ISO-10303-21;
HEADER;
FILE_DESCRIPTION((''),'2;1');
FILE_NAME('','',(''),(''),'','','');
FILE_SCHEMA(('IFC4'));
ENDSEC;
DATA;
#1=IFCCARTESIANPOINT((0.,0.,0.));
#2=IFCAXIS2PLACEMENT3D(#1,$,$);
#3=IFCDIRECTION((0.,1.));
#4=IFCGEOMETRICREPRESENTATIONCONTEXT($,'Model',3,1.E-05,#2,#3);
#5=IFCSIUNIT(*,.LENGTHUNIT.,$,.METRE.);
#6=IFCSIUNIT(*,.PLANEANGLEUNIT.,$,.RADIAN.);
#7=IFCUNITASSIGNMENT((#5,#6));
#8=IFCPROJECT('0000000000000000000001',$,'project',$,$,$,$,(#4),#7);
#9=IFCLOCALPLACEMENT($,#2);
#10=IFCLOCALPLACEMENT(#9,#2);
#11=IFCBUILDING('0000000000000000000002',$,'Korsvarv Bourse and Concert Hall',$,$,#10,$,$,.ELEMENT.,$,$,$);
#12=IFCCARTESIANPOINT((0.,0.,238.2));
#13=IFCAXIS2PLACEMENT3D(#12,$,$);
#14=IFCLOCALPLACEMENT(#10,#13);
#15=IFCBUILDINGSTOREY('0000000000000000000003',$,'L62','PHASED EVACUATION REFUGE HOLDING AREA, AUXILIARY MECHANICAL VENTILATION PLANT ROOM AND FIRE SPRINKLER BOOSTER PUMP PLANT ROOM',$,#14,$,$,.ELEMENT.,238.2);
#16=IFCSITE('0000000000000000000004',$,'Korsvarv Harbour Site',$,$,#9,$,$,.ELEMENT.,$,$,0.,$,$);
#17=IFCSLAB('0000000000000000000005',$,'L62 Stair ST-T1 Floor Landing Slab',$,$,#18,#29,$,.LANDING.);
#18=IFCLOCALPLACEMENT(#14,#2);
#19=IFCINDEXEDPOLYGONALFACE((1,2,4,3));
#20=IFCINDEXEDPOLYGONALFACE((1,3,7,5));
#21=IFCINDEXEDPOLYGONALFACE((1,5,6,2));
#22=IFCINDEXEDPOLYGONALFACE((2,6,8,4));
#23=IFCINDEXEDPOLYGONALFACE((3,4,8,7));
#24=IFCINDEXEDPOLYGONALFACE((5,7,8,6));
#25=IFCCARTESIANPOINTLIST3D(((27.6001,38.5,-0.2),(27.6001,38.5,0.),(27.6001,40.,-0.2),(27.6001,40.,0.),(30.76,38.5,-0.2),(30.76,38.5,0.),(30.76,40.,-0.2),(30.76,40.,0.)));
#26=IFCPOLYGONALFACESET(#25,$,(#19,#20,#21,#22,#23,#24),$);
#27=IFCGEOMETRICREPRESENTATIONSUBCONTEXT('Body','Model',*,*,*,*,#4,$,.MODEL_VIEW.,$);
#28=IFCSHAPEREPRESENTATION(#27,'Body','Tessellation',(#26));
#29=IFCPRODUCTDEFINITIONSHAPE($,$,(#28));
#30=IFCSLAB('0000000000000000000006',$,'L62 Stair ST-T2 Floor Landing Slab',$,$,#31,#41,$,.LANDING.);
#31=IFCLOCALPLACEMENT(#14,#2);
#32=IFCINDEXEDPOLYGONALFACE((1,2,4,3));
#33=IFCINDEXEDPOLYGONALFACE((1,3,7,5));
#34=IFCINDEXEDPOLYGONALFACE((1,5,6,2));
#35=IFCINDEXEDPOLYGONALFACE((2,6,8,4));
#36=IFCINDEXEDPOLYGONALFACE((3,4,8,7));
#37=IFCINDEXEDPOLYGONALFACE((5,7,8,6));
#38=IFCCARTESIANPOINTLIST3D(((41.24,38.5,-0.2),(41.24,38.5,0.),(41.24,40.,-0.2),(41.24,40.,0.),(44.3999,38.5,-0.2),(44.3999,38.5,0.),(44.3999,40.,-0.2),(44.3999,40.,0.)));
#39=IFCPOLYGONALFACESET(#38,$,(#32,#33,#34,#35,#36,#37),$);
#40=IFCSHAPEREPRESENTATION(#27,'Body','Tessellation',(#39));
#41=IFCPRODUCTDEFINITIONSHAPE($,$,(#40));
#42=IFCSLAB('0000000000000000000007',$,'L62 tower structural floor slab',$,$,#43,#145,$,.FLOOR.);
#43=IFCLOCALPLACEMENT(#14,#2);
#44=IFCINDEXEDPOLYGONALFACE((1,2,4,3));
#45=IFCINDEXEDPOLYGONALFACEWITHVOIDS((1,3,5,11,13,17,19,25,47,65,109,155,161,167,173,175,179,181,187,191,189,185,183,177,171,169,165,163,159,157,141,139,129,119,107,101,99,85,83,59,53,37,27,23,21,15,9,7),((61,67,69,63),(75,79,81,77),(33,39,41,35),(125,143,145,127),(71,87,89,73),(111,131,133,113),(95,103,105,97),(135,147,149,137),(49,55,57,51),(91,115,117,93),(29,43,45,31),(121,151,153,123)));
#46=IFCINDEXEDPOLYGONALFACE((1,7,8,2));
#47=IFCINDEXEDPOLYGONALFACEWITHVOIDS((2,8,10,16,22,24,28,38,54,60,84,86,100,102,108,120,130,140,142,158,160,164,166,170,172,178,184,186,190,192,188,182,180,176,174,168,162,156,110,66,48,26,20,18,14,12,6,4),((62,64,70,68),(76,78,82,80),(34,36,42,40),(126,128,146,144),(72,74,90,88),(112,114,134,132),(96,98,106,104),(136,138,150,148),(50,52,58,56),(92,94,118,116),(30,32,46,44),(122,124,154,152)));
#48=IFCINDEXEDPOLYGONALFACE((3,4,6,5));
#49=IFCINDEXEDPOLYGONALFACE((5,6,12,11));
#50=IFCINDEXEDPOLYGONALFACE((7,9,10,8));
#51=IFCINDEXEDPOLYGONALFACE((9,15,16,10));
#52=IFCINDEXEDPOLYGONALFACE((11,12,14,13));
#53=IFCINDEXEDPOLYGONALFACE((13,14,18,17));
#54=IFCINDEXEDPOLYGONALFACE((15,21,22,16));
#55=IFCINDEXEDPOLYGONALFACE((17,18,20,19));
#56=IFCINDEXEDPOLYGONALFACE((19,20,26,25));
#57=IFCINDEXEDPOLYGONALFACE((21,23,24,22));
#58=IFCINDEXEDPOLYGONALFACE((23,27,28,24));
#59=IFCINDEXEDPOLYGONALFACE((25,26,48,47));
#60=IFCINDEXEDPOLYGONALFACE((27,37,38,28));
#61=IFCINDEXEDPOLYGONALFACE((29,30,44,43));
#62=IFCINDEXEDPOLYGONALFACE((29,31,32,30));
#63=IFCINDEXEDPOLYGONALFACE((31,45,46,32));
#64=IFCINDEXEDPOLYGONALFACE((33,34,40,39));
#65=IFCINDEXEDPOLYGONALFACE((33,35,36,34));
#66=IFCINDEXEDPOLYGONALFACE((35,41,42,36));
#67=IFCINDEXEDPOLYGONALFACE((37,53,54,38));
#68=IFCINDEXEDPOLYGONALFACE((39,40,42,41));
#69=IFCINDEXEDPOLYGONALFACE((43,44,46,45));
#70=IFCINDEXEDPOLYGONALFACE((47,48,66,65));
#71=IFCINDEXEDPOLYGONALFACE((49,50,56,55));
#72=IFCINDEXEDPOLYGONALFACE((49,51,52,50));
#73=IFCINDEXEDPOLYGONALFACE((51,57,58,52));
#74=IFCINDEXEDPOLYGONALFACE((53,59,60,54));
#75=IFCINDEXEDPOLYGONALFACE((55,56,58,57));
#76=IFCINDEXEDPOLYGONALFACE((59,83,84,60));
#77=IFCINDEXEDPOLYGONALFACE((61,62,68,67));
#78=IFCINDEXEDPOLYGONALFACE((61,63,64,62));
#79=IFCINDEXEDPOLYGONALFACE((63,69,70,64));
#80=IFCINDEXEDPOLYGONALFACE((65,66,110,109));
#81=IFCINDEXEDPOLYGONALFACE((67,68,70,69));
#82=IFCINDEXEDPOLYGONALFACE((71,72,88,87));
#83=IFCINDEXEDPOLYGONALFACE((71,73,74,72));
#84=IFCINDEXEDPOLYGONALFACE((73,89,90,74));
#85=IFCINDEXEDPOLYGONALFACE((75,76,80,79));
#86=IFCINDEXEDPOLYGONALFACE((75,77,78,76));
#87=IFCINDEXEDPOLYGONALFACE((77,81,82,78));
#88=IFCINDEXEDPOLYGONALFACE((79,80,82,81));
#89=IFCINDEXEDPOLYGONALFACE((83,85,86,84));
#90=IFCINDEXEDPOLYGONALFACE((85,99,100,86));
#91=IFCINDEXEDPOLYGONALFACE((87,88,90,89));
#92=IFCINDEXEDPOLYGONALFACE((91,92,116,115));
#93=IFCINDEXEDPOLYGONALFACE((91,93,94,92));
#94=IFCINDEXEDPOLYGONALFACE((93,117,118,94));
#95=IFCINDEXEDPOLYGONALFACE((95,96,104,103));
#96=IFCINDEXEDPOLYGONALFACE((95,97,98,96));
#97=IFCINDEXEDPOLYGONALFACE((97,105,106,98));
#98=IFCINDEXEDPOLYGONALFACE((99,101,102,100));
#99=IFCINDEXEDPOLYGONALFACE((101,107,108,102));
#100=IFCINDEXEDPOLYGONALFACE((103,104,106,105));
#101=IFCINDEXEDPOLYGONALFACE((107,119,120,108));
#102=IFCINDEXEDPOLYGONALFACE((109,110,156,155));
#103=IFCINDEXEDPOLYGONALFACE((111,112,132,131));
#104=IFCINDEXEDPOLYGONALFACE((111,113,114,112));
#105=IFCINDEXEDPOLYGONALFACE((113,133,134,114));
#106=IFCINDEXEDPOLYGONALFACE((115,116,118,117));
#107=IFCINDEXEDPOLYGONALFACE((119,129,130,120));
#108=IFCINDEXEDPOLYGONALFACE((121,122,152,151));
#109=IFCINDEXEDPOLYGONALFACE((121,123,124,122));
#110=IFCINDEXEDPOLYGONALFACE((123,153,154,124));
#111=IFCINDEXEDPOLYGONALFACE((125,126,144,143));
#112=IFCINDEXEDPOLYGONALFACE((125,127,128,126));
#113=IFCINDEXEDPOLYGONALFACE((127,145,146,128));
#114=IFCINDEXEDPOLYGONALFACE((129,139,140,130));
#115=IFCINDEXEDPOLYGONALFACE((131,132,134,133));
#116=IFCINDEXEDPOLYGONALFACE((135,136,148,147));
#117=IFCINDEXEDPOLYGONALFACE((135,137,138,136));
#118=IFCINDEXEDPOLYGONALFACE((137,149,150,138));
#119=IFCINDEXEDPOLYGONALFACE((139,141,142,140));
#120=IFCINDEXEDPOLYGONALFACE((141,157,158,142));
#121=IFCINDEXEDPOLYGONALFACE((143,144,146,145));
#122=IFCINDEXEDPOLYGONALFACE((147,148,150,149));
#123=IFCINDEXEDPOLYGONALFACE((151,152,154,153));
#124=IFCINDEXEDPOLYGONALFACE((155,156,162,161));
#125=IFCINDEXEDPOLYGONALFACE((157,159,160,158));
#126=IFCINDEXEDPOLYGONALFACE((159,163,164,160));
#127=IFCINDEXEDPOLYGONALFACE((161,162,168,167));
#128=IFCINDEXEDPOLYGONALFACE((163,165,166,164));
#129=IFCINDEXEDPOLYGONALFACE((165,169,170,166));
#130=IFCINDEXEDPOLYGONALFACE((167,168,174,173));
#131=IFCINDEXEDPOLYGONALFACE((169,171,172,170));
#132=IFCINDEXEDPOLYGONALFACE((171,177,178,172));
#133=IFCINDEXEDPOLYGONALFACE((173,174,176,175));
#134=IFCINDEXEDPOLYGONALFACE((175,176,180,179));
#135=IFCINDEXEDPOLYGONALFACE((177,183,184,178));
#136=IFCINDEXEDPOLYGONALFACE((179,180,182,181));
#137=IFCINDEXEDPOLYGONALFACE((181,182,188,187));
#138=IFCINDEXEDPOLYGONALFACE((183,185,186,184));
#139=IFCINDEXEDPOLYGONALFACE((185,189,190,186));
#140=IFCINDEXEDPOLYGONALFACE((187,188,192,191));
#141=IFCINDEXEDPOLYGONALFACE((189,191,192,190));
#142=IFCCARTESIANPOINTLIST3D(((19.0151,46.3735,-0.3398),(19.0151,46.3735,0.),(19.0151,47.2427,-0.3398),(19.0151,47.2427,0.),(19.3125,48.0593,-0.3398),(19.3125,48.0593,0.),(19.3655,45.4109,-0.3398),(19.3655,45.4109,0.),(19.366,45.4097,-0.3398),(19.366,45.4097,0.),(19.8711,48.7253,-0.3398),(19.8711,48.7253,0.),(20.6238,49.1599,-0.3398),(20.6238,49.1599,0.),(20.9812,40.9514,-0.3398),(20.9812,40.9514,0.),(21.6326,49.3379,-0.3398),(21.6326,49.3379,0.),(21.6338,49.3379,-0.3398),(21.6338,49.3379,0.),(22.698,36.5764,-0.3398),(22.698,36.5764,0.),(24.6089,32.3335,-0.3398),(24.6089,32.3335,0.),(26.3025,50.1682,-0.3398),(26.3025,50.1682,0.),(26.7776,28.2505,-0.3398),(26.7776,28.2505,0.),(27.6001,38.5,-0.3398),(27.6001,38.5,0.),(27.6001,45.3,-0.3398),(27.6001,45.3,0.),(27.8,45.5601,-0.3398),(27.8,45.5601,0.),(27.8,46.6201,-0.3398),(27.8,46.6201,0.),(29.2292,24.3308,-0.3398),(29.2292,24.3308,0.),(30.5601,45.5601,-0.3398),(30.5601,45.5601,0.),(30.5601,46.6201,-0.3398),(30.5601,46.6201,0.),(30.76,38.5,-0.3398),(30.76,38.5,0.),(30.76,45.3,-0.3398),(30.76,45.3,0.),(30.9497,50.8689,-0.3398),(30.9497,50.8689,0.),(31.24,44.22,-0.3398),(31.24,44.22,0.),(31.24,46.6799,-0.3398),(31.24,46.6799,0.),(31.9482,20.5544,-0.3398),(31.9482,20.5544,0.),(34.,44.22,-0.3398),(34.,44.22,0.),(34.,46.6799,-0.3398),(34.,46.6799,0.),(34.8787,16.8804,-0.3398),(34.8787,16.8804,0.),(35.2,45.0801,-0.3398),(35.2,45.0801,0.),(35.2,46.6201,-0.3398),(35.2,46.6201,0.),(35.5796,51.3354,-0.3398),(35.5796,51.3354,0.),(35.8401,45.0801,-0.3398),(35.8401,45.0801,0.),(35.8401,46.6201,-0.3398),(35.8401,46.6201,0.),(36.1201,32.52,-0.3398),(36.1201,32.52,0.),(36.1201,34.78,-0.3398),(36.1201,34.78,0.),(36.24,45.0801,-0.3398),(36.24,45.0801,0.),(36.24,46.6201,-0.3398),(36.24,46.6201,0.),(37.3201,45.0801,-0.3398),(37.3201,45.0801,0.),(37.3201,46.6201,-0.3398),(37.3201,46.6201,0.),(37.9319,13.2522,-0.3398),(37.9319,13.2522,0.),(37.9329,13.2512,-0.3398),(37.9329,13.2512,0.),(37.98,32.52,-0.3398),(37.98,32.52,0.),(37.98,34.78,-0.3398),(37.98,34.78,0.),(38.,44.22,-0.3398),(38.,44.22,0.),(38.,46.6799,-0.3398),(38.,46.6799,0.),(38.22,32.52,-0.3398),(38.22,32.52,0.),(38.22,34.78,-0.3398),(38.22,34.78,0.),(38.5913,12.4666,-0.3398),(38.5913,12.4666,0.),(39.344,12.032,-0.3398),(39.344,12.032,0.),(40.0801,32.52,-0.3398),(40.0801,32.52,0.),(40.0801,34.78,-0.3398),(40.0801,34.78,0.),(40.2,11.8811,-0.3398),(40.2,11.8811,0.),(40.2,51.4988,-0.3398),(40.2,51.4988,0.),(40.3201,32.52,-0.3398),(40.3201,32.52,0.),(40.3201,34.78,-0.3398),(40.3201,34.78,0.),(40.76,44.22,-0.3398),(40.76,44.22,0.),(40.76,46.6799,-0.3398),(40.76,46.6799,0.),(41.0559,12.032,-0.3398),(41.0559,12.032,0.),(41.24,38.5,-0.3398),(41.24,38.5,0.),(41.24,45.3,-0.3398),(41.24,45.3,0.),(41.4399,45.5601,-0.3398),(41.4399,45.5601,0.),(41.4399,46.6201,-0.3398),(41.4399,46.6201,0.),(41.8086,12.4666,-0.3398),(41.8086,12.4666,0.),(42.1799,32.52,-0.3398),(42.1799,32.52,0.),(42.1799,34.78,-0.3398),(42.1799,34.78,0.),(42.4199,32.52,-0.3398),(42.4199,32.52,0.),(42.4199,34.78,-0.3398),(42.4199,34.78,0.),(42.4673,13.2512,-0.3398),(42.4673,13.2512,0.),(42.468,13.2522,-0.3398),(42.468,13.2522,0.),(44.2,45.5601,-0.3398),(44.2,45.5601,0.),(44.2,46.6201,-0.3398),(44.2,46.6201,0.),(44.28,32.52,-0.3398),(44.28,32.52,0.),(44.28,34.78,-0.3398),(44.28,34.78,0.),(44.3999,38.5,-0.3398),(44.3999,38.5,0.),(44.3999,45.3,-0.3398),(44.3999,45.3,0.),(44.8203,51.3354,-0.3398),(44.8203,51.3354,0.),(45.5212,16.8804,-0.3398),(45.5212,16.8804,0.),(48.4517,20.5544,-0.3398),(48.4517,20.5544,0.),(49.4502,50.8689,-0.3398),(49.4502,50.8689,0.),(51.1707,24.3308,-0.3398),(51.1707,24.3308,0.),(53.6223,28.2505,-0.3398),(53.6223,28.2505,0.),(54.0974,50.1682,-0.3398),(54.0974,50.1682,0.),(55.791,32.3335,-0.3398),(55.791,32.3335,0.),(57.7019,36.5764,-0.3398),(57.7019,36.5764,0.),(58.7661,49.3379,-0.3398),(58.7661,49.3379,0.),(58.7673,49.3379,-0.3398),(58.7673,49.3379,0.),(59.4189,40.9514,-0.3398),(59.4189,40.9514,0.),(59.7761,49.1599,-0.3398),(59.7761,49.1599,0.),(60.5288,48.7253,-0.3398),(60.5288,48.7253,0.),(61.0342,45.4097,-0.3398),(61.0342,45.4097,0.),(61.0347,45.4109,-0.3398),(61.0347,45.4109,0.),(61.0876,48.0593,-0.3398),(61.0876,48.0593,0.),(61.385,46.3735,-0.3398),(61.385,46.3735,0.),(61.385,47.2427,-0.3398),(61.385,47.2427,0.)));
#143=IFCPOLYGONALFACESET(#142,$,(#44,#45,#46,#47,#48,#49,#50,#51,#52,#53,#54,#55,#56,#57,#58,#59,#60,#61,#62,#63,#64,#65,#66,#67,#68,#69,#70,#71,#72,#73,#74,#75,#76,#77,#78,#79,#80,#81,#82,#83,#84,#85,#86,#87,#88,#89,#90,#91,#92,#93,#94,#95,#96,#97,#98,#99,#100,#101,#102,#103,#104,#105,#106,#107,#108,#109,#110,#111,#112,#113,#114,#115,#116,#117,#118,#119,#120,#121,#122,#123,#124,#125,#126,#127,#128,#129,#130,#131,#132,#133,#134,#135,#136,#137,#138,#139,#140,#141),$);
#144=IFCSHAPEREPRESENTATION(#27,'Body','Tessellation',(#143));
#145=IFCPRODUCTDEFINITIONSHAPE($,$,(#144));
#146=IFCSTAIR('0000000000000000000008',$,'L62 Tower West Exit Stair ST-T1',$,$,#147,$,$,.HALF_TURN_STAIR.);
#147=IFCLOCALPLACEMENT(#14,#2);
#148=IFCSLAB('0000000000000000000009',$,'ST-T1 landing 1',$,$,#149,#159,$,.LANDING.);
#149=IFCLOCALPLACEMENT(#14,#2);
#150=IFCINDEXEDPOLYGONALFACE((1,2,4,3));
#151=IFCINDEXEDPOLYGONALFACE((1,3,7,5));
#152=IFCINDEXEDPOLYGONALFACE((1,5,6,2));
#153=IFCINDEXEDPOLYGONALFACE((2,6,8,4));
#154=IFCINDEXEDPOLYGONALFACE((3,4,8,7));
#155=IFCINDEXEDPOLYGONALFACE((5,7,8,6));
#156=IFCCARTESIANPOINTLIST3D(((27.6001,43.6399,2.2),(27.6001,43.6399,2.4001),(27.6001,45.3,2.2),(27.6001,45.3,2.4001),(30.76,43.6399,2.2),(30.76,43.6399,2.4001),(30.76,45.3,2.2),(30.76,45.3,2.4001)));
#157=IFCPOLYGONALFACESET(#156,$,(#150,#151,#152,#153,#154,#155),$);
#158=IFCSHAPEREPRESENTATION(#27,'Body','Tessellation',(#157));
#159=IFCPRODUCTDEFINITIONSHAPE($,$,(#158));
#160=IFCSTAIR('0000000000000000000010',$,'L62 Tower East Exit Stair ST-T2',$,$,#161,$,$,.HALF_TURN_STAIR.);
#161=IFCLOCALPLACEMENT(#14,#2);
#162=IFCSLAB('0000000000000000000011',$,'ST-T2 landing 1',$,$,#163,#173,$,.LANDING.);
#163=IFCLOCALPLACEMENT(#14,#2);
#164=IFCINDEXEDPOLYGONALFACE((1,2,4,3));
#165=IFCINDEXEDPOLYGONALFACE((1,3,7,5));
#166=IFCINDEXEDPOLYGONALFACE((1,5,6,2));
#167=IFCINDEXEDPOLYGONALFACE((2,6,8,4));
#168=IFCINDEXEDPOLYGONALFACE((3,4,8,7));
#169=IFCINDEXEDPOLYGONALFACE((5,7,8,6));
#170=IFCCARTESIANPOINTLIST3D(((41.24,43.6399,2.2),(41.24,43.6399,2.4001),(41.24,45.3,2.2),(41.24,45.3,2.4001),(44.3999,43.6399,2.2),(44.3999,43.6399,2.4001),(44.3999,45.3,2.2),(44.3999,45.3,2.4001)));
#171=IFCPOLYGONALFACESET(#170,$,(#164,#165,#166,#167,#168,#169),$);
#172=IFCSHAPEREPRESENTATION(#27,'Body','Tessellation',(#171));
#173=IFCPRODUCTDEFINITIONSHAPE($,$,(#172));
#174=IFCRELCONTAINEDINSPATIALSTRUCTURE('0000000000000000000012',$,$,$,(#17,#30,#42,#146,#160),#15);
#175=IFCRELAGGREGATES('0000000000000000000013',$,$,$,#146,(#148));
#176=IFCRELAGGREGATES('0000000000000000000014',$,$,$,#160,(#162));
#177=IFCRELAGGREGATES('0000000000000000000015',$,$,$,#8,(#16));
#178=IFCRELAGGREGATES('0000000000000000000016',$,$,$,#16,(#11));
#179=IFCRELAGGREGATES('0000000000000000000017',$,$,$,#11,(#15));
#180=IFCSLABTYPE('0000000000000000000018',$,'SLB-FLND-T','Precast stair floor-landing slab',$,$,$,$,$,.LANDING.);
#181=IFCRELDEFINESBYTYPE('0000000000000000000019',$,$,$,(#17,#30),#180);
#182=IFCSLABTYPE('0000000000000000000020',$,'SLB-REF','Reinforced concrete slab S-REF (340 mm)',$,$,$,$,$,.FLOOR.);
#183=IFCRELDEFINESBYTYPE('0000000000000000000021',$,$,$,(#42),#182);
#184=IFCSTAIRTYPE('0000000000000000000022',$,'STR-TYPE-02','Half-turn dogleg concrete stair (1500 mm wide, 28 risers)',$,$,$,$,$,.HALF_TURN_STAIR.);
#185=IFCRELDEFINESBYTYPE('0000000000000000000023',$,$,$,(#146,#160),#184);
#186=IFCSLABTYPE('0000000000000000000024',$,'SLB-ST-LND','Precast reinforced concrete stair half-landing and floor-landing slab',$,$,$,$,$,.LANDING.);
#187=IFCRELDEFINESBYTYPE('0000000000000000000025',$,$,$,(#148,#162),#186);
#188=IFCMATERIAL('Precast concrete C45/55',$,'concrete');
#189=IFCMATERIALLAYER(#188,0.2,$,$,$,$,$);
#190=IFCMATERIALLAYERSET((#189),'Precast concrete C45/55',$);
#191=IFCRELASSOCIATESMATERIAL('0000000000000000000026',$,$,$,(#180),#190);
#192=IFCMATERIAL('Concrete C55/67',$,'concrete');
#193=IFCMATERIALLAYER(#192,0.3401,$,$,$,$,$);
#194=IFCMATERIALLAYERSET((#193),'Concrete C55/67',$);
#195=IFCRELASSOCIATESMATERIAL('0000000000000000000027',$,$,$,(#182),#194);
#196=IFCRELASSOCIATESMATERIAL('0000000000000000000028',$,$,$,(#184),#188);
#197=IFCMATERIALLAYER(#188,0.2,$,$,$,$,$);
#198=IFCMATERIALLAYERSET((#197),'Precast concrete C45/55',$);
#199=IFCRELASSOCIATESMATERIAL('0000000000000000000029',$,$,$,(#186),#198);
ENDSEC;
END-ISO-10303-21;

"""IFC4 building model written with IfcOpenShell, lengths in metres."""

from ifc_helpers import new_model, si_unit, direction, frame, origin, place, context, subcontext, project, spatial, polyline, outline, extrude, material, layer, layer_set, type_object, element, aggregate, save


model = new_model("IFC4")

# Units and contexts
model_context = context("Model", 3, precision=1e-05, world=origin(), true_north=direction((0.0, 1.0)))
body_context = subcontext(model_context, "Body", "Model", "MODEL_VIEW")
ifc_project = project(units=[si_unit("LENGTHUNIT", "METRE"), si_unit("PLANEANGLEUNIT", "RADIAN")], contexts=[model_context])

# Site, building, storey
site_placement = place(None, origin())
site = spatial("IfcSite", under=ifc_project, at=site_placement, Name="Korsvarv Harbour Site", CompositionType="ELEMENT", RefElevation=0.0)
building_placement = place(site_placement, origin())
building = spatial("IfcBuilding", under=site, at=building_placement, Name="Korsvarv Bourse and Concert Hall", CompositionType="ELEMENT")
storey_placement = place(building_placement, frame((0.0, 0.0, 238.2)))
storey = spatial("IfcBuildingStorey", under=building, at=storey_placement, Name="L62", Description="PHASED EVACUATION REFUGE HOLDING AREA, AUXILIARY MECHANICAL VENTILATION PLANT ROOM AND FIRE SPRINKLER BOOSTER PUMP PLANT ROOM", CompositionType="ELEMENT", Elevation=238.2)

# Slabs
ifc_material_1 = material(Name="Precast concrete C45/55", Category="concrete")
ifc_layer_1 = layer(ifc_material_1, 0.2)
ifc_layer_set_1 = layer_set([ifc_layer_1], Name="Precast concrete C45/55")
slab_type_1 = type_object("IfcSlabType", Name="SLB-FLND-T", Description="Precast stair floor-landing slab", PredefinedType="LANDING", material=ifc_layer_set_1)
slab_1_placement = place(storey_placement, frame((0.0, 0.0, -0.2)))
element("IfcSlab", 1, at=slab_1_placement, inside=storey, type_object=slab_type_1, Name="L62 Stair ST-T1 Floor Landing Slab", PredefinedType="LANDING", context=body_context, shape_type="SweptSolid", body=[
    extrude(outline(polyline([(30.76, 38.5), (30.76, 40.0), (27.6001, 40.0), (27.6001, 38.5), (30.76, 38.5)])), origin(), (0.0, 0.0, 1.0), 0.2),
])
slab_2_placement = place(storey_placement, frame((0.0, 0.0, -0.2)))
element("IfcSlab", 2, at=slab_2_placement, inside=storey, type_object=slab_type_1, Name="L62 Stair ST-T2 Floor Landing Slab", PredefinedType="LANDING", context=body_context, shape_type="SweptSolid", body=[
    extrude(outline(polyline([(44.3999, 38.5), (44.3999, 40.0), (41.24, 40.0), (41.24, 38.5), (44.3999, 38.5)])), origin(), (0.0, 0.0, 1.0), 0.2),
])
ifc_material_2 = material(Name="Concrete C55/67", Category="concrete")
ifc_layer_2 = layer(ifc_material_2, 0.3401)
ifc_layer_set_2 = layer_set([ifc_layer_2], Name="Concrete C55/67")
slab_type_2 = type_object("IfcSlabType", Name="SLB-REF", Description="Reinforced concrete slab S-REF (340 mm)", PredefinedType="FLOOR", material=ifc_layer_set_2)
slab_3_placement = place(storey_placement, frame((0.0, 0.0, -0.3398)))
element("IfcSlab", 3, at=slab_3_placement, inside=storey, type_object=slab_type_2, Name="L62 tower structural floor slab", PredefinedType="FLOOR", context=body_context, shape_type="SweptSolid", body=[
    extrude(outline(polyline([(61.0342, 45.4097), (59.4189, 40.9514), (57.7019, 36.5764), (55.791, 32.3335), (53.6223, 28.2505), (51.1707, 24.3308), (48.4517, 20.5544), (45.5212, 16.8804), (42.468, 13.2522), (42.4673, 13.2512), (41.8086, 12.4666), (41.0559, 12.032), (40.2, 11.8811), (39.344, 12.032), (38.5913, 12.4666), (37.9329, 13.2512), (37.9319, 13.2522), (34.8787, 16.8804), (31.9482, 20.5544), (29.2292, 24.3308), (26.7776, 28.2505), (24.6089, 32.3335), (22.698, 36.5764), (20.9812, 40.9514), (19.366, 45.4097), (19.3655, 45.4109), (19.0151, 46.3735), (19.0151, 47.2427), (19.3125, 48.0593), (19.8711, 48.7253), (20.6238, 49.1599), (21.6326, 49.3379), (21.6338, 49.3379), (26.3025, 50.1682), (30.9497, 50.8689), (35.5796, 51.3354), (40.2, 51.4988), (44.8203, 51.3354), (49.4502, 50.8689), (54.0974, 50.1682), (58.7661, 49.3379), (58.7673, 49.3379), (59.7761, 49.1599), (60.5288, 48.7253), (61.0876, 48.0593), (61.385, 47.2427), (61.385, 46.3735), (61.0347, 45.4109), (61.0342, 45.4097)]), holes=[polyline([(30.76, 38.5), (30.76, 45.3), (27.6001, 45.3), (27.6001, 38.5), (30.76, 38.5)]), polyline([(44.3999, 38.5), (44.3999, 45.3), (41.24, 45.3), (41.24, 38.5), (44.3999, 38.5)]), polyline([(31.24, 44.22), (34.0, 44.22), (34.0, 46.6799), (31.24, 46.6799), (31.24, 44.22)]), polyline([(38.0, 44.22), (40.76, 44.22), (40.76, 46.6799), (38.0, 46.6799), (38.0, 44.22)]), polyline([(36.1201, 32.52), (37.98, 32.52), (37.98, 34.78), (36.1201, 34.78), (36.1201, 32.52)]), polyline([(38.22, 32.52), (40.0801, 32.52), (40.0801, 34.78), (38.22, 34.78), (38.22, 32.52)]), polyline([(40.3201, 32.52), (42.1799, 32.52), (42.1799, 34.78), (40.3201, 34.78), (40.3201, 32.52)]), polyline([(42.4199, 32.52), (44.28, 32.52), (44.28, 34.78), (42.4199, 34.78), (42.4199, 32.52)]), polyline([(27.8, 45.5601), (30.5601, 45.5601), (30.5601, 46.6201), (27.8, 46.6201), (27.8, 45.5601)]), polyline([(41.4399, 45.5601), (44.2, 45.5601), (44.2, 46.6201), (41.4399, 46.6201), (41.4399, 45.5601)]), polyline([(35.2, 45.0801), (35.8401, 45.0801), (35.8401, 46.6201), (35.2, 46.6201), (35.2, 45.0801)]), polyline([(36.24, 45.0801), (37.3201, 45.0801), (37.3201, 46.6201), (36.24, 46.6201), (36.24, 45.0801)])]), origin(), (0.0, 0.0, 1.0), 0.3398),
])

# Stairs, slabs
stair_type = type_object("IfcStairType", Name="STR-TYPE-02", Description="Half-turn dogleg concrete stair (1500 mm wide, 28 risers)", PredefinedType="HALF_TURN_STAIR", material=ifc_material_1)
stair_1_placement = place(storey_placement, origin())
stair_1 = element("IfcStair", 4, at=stair_1_placement, inside=storey, type_object=stair_type, Name="L62 Tower West Exit Stair ST-T1", PredefinedType="HALF_TURN_STAIR")
ifc_layer_3 = layer(ifc_material_1, 0.2)
ifc_layer_set_3 = layer_set([ifc_layer_3], Name="Precast concrete C45/55")
slab_type_3 = type_object("IfcSlabType", Name="SLB-ST-LND", Description="Precast reinforced concrete stair half-landing and floor-landing slab", PredefinedType="LANDING", material=ifc_layer_set_3)
slab_4_placement = place(storey_placement, frame((0.0, 0.0, 2.2)))
slab_4 = element("IfcSlab", 5, at=slab_4_placement, type_object=slab_type_3, Name="ST-T1 landing 1", PredefinedType="LANDING", context=body_context, shape_type="SweptSolid", body=[
    extrude(outline(polyline([(30.76, 43.6399), (30.76, 45.3), (27.6001, 45.3), (27.6001, 43.6399), (30.76, 43.6399)])), origin(), (0.0, 0.0, 1.0), 0.2002),
])
aggregate(stair_1, [slab_4])
stair_2_placement = place(storey_placement, origin())
stair_2 = element("IfcStair", 6, at=stair_2_placement, inside=storey, type_object=stair_type, Name="L62 Tower East Exit Stair ST-T2", PredefinedType="HALF_TURN_STAIR")
slab_5_placement = place(storey_placement, frame((0.0, 0.0, 2.2)))
slab_5 = element("IfcSlab", 7, at=slab_5_placement, type_object=slab_type_3, Name="ST-T2 landing 1", PredefinedType="LANDING", context=body_context, shape_type="SweptSolid", body=[
    extrude(outline(polyline([(44.3999, 43.6399), (44.3999, 45.3), (41.24, 45.3), (41.24, 43.6399), (44.3999, 43.6399)])), origin(), (0.0, 0.0, 1.0), 0.2002),
])
aggregate(stair_2, [slab_5])

save(model, "model.ifc")
